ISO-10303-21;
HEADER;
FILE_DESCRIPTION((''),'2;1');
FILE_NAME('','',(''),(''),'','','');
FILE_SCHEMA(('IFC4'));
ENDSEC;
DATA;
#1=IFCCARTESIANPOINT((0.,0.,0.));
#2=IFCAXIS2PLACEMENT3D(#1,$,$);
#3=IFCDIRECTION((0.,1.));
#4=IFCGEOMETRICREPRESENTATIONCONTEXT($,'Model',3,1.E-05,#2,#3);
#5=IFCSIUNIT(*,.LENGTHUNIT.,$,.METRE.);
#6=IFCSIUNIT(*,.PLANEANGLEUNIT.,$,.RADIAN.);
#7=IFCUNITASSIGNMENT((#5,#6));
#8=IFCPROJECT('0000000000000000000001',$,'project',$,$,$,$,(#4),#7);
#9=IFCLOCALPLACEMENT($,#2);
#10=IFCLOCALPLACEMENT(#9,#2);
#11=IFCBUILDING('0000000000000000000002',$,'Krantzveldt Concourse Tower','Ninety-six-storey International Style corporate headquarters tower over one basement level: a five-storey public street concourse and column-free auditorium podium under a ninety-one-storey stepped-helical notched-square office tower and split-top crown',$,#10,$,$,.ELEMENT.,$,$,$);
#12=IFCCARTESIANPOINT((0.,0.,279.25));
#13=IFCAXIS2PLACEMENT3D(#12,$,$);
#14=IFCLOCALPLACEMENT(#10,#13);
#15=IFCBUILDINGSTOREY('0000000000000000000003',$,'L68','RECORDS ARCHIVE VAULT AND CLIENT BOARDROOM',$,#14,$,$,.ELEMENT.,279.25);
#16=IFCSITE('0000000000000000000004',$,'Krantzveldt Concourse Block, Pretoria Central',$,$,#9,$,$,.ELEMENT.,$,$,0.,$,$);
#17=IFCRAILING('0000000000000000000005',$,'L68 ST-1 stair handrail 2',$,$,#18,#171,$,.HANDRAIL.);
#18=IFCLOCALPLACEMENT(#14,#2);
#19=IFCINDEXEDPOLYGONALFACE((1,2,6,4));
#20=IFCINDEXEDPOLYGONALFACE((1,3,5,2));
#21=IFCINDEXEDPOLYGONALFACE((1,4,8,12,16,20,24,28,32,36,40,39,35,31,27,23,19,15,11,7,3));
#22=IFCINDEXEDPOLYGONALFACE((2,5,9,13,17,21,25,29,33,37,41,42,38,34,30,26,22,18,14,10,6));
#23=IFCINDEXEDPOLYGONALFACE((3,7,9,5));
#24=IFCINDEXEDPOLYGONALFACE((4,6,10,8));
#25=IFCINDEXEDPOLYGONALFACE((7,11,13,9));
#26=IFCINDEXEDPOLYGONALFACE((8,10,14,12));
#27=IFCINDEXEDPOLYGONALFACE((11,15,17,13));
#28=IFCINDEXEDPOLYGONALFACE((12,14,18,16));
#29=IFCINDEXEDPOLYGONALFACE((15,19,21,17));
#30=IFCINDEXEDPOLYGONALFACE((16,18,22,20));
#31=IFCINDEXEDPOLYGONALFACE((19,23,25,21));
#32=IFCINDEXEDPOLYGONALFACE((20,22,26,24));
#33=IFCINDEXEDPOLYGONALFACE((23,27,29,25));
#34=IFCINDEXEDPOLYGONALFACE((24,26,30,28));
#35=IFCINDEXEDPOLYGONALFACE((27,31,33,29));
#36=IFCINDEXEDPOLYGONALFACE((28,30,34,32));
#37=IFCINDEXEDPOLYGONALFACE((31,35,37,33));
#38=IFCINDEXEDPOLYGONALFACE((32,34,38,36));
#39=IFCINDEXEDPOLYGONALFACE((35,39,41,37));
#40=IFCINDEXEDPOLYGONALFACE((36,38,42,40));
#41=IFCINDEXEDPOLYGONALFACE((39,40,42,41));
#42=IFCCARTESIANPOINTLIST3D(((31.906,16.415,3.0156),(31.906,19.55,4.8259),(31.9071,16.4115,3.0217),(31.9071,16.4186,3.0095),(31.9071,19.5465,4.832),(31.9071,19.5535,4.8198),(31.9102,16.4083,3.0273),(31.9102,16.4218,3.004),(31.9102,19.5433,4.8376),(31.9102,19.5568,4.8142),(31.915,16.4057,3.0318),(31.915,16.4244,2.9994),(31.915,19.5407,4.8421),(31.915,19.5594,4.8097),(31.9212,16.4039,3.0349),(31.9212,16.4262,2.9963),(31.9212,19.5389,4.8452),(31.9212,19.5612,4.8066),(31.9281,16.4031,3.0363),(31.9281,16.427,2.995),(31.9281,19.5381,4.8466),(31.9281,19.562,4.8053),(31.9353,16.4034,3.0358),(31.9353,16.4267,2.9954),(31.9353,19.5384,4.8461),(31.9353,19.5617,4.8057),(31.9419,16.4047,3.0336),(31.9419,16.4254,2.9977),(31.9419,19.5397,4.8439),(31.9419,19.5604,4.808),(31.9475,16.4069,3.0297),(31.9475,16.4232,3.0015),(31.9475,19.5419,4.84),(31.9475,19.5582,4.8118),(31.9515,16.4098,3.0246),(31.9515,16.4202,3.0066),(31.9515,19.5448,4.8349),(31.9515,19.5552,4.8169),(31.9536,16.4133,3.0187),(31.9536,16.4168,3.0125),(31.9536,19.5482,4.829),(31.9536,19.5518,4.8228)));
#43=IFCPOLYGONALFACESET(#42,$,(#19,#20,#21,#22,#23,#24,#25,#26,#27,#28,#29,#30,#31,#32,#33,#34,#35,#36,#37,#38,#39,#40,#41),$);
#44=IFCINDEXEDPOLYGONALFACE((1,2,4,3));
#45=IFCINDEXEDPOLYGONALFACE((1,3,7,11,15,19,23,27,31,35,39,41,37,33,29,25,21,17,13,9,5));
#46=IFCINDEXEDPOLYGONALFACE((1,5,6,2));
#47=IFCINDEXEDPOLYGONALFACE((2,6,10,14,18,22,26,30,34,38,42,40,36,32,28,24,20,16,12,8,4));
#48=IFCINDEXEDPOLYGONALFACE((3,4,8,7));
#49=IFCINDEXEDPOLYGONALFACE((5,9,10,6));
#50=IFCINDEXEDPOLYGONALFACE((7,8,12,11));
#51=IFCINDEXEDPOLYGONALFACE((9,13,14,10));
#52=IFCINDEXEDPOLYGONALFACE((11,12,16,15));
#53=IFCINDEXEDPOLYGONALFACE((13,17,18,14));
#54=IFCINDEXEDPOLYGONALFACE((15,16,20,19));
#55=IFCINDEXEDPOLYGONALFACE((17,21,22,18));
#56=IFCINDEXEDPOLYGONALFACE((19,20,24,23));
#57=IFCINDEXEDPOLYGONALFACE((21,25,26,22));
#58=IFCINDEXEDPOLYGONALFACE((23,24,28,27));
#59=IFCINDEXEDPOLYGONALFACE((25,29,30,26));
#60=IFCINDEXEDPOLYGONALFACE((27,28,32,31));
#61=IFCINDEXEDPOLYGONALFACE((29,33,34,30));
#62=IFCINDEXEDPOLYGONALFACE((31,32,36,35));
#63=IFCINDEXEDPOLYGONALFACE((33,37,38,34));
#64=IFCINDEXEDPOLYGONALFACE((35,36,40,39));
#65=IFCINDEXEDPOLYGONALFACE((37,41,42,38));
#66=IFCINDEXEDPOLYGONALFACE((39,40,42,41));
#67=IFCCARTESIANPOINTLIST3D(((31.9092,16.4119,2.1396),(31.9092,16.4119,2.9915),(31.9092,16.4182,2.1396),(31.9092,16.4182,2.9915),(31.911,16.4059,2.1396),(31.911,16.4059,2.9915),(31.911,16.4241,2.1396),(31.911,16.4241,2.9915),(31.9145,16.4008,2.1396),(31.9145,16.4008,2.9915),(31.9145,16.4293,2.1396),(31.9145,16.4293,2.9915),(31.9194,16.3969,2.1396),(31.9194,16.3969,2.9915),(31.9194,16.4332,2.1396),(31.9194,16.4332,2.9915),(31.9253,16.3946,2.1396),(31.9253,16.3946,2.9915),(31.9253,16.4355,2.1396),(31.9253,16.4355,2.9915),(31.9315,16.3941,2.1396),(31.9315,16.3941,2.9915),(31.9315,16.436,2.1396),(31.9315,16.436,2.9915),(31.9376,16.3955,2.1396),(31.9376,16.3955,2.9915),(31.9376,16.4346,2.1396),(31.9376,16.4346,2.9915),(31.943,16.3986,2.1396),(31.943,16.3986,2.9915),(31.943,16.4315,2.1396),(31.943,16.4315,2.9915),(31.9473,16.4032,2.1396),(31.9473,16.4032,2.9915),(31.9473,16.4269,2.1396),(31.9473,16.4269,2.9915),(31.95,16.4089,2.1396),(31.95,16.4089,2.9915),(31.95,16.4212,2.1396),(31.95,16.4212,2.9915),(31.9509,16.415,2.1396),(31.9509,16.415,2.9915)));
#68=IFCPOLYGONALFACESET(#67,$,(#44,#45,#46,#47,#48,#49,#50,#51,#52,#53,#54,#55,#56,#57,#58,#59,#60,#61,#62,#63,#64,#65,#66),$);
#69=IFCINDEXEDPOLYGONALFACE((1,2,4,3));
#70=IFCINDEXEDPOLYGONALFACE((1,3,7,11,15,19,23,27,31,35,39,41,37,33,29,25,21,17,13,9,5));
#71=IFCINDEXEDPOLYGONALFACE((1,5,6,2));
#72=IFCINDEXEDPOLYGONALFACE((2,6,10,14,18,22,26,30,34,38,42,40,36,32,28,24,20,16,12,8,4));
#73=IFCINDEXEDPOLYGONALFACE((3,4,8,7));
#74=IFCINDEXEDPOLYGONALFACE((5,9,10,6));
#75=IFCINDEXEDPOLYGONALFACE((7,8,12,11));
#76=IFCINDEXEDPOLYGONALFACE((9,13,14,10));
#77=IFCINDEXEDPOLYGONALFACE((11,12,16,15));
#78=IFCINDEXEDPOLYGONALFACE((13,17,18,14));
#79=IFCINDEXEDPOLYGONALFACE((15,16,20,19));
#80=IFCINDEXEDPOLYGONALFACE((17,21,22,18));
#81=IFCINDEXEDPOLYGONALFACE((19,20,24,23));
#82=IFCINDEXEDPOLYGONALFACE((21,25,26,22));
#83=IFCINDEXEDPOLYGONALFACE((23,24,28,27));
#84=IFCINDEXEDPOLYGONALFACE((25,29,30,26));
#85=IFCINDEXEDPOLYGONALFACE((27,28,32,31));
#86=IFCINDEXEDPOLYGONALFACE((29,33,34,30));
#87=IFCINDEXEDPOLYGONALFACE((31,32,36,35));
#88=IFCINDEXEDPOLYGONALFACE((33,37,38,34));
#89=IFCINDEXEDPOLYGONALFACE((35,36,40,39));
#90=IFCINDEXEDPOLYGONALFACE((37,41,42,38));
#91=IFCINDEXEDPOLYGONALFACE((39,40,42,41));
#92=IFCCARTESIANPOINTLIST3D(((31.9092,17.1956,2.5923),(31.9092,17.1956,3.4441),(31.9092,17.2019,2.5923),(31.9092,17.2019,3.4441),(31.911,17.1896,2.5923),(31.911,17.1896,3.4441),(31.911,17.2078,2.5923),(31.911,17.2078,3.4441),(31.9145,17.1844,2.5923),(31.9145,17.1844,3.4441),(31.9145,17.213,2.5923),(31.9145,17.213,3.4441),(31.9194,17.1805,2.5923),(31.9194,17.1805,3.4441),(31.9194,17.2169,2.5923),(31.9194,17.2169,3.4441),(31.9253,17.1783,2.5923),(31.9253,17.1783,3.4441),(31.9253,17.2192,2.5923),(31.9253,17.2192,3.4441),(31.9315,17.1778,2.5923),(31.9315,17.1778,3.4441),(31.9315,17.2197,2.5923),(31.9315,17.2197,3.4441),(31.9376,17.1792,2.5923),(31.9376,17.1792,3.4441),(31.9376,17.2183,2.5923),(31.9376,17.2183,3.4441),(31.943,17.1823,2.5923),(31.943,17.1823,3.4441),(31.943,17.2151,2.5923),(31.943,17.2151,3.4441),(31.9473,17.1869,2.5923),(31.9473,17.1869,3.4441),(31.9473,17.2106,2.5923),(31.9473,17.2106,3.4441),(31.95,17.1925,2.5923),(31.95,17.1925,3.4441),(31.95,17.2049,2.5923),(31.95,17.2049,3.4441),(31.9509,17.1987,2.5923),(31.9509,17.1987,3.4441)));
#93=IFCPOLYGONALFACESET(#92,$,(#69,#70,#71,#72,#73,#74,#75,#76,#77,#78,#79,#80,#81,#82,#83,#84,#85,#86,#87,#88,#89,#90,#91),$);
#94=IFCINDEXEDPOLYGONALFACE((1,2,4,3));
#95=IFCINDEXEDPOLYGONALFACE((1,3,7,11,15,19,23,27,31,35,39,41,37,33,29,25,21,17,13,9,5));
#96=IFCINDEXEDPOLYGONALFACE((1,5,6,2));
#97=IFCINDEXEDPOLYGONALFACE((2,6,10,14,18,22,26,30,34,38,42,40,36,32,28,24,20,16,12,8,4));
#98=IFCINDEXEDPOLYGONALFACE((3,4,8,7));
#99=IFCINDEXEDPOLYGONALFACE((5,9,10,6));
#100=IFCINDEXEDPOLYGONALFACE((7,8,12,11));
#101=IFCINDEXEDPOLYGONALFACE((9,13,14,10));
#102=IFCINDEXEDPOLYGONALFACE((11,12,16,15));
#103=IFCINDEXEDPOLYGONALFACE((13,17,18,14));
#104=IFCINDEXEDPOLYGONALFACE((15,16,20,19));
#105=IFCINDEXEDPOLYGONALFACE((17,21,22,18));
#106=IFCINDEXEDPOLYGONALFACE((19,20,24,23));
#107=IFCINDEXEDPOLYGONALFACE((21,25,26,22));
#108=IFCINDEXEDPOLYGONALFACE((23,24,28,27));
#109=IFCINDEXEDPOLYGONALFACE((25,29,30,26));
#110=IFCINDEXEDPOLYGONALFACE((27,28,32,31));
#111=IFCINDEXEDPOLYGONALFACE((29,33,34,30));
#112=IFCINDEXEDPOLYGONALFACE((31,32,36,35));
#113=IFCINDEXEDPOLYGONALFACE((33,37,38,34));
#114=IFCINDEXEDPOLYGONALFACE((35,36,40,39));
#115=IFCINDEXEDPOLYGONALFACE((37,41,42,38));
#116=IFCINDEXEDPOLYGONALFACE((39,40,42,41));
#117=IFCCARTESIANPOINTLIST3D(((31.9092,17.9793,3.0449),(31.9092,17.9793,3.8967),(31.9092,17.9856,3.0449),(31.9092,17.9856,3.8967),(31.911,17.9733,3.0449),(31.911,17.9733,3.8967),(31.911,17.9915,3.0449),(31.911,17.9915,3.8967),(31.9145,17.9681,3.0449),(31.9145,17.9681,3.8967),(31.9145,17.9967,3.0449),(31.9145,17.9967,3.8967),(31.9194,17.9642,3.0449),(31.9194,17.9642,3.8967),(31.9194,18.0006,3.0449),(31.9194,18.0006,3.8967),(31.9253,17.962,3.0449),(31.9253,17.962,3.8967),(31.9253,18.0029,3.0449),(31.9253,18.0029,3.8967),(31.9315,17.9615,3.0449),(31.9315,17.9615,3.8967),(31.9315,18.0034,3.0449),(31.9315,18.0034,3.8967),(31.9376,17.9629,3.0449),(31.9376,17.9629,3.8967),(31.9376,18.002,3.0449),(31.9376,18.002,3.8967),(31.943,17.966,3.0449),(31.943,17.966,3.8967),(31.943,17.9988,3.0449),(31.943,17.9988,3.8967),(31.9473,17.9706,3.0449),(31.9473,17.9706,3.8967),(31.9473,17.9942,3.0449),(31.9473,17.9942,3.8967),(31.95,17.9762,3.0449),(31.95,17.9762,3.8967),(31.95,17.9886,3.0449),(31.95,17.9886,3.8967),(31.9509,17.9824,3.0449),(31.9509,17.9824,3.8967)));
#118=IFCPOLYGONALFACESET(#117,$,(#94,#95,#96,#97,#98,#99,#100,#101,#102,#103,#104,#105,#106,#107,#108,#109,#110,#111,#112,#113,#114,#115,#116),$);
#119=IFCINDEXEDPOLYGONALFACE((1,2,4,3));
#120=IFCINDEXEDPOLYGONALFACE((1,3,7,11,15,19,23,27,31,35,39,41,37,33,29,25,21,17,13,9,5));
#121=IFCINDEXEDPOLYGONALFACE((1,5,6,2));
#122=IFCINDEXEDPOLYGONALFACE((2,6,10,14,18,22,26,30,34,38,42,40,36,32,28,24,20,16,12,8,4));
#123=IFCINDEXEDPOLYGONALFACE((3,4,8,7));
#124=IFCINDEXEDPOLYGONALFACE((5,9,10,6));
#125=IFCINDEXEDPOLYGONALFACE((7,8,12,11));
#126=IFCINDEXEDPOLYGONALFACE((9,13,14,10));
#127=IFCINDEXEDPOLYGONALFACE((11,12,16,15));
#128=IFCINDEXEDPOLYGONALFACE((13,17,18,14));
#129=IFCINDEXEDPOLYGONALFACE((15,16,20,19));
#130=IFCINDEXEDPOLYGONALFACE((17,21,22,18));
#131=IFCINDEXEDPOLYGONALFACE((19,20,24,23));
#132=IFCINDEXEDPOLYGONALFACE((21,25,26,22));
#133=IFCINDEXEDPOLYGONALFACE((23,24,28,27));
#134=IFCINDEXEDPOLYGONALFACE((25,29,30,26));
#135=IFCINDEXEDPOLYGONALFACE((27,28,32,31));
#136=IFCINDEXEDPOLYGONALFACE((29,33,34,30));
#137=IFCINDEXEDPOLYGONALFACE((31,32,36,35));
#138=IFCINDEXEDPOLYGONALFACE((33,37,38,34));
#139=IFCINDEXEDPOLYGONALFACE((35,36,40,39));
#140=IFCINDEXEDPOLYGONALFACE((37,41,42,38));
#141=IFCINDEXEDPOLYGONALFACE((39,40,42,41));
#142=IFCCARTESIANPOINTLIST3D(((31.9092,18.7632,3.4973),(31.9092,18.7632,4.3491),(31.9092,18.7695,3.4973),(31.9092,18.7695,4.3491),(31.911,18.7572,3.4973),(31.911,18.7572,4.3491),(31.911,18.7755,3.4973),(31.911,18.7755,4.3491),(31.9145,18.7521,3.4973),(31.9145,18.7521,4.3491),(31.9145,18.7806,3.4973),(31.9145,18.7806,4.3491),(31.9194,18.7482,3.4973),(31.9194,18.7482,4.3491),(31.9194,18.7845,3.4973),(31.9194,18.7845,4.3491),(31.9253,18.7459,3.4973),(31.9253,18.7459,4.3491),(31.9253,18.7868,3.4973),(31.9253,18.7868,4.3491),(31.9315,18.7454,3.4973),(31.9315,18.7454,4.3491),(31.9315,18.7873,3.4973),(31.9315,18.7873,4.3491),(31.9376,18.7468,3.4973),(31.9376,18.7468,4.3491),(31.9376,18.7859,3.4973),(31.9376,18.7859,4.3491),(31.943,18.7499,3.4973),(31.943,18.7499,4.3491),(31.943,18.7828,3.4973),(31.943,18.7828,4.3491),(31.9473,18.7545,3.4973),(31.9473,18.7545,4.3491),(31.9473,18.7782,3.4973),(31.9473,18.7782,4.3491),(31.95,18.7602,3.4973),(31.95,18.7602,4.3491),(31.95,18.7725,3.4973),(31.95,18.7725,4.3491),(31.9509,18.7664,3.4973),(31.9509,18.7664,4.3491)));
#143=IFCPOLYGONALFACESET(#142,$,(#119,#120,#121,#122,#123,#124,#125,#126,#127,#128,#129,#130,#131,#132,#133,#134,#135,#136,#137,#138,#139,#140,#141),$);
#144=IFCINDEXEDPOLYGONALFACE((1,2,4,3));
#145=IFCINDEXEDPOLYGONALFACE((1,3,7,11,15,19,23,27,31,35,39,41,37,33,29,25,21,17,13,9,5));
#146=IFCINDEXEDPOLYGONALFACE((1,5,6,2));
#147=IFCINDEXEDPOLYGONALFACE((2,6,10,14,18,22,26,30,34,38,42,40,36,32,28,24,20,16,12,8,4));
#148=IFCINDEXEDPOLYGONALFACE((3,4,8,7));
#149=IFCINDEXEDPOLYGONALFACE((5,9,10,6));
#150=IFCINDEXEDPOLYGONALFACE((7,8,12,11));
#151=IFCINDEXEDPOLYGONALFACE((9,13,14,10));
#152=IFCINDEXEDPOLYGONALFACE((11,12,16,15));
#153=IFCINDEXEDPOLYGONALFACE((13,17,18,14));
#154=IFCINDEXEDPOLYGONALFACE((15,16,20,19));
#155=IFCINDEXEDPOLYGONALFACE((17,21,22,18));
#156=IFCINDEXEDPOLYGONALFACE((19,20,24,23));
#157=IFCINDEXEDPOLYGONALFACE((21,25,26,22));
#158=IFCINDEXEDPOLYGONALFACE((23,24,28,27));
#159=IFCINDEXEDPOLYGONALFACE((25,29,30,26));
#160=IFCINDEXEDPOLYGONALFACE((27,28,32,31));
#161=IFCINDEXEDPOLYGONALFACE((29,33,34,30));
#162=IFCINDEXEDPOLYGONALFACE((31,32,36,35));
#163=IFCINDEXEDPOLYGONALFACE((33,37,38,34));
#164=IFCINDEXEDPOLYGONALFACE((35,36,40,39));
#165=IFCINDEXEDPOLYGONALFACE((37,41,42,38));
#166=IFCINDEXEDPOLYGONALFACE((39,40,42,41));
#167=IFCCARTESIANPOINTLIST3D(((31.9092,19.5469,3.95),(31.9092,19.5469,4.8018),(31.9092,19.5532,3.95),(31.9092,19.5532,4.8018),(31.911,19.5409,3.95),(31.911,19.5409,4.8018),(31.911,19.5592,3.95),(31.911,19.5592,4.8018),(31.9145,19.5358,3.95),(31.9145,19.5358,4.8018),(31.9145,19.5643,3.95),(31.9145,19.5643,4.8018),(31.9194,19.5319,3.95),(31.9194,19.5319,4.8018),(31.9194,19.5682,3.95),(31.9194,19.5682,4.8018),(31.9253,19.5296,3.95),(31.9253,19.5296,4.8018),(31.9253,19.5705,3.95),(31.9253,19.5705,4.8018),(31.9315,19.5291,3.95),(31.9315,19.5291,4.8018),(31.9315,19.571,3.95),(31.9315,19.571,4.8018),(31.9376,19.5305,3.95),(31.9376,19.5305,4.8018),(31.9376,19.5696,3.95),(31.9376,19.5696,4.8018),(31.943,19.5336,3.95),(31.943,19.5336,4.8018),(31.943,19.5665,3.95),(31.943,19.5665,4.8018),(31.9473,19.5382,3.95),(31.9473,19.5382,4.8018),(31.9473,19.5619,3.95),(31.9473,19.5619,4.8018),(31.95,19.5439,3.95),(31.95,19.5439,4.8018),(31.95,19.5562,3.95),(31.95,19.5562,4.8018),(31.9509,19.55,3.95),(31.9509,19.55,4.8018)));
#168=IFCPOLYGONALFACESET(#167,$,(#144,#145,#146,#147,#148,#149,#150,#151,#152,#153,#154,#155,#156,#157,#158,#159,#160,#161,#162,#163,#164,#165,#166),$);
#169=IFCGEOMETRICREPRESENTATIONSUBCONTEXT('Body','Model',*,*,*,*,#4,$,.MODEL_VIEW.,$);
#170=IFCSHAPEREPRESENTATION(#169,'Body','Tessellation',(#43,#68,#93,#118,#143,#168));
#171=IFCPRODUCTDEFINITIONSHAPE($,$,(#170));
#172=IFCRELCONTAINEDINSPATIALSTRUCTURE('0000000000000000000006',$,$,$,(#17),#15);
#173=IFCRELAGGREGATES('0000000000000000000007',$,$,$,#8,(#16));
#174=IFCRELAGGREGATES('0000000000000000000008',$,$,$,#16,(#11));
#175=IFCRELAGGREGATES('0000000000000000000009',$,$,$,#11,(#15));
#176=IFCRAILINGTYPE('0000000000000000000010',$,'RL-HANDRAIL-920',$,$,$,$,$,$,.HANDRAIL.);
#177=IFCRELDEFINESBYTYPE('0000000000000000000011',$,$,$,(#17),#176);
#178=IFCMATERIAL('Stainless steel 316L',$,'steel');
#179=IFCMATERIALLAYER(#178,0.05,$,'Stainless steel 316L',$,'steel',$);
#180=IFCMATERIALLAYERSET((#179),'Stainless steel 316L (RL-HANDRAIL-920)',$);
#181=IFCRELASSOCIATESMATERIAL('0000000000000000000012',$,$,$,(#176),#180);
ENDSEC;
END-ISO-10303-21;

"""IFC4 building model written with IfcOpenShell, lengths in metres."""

from ifc_helpers import new_model, si_unit, direction, frame, origin, origin_2d, place, context, subcontext, project, spatial, circle, extrude, material, layer, layer_set, type_object, element, save


model = new_model("IFC4")

# Units and contexts
model_context = context("Model", 3, precision=1e-05, world=origin(), true_north=direction((0.0, 1.0)))
body_context = subcontext(model_context, "Body", "Model", "MODEL_VIEW")
ifc_project = project(units=[si_unit("LENGTHUNIT", "METRE"), si_unit("PLANEANGLEUNIT", "RADIAN")], contexts=[model_context])

# Site, building, storey
site_placement = place(None, origin())
site = spatial("IfcSite", under=ifc_project, at=site_placement, Name="Krantzveldt Concourse Block, Pretoria Central", CompositionType="ELEMENT", RefElevation=0.0)
building_placement = place(site_placement, origin())
building = spatial("IfcBuilding", under=site, at=building_placement, Name="Krantzveldt Concourse Tower", Description="Ninety-six-storey International Style corporate headquarters tower over one basement level: a five-storey public street concourse and column-free auditorium podium under a ninety-one-storey stepped-helical notched-square office tower and split-top crown", CompositionType="ELEMENT")
storey_placement = place(building_placement, frame((0.0, 0.0, 279.25)))
storey = spatial("IfcBuildingStorey", under=building, at=storey_placement, Name="L68", Description="RECORDS ARCHIVE VAULT AND CLIENT BOARDROOM", CompositionType="ELEMENT", Elevation=279.25)

# Railing
ifc_material_1 = material(Name="Stainless steel 316L", Category="steel")
ifc_layer_1 = layer(ifc_material_1, 0.05, Name="Stainless steel 316L", Category="steel")
ifc_layer_set_1 = layer_set([ifc_layer_1], Name="Stainless steel 316L (RL-HANDRAIL-920)")
railing_type_1 = type_object("IfcRailingType", Name="RL-HANDRAIL-920", PredefinedType="HANDRAIL", material=ifc_layer_set_1)
railing_1_placement = place(storey_placement, frame((31.9299, 16.415, 2.1396)))
element("IfcRailing", 1, at=railing_1_placement, inside=storey, type_object=railing_type_1, Name="L68 ST-1 stair handrail 2", PredefinedType="HANDRAIL", context=body_context, shape_type="SweptSolid", body=[
    extrude(circle(Radius=0.0239, at=origin_2d()), frame((0.0, 0.0, 0.876), z_axis=(0.0, 0.865989, 0.500063), x_axis=(-1.0, 0.0, 0.0)), (0.0, 0.0, 1.0), 3.6201),
    extrude(circle(Radius=0.021, at=origin_2d()), origin(), (0.0, 0.0, 1.0), 0.8518),
    extrude(circle(Radius=0.021, at=origin_2d()), frame((0.0, 0.7837, 0.4526)), (0.0, 0.0, 1.0), 0.8518),
    extrude(circle(Radius=0.021, at=origin_2d()), frame((0.0, 1.5674, 0.9053)), (0.0, 0.0, 1.0), 0.8518),
    extrude(circle(Radius=0.021, at=origin_2d()), frame((0.0, 2.3513, 1.3577)), (0.0, 0.0, 1.0), 0.8518),
    extrude(circle(Radius=0.021, at=origin_2d()), frame((0.0, 3.135, 1.8103)), (0.0, 0.0, 1.0), 0.8518),
])

save(model, "model.ifc")
